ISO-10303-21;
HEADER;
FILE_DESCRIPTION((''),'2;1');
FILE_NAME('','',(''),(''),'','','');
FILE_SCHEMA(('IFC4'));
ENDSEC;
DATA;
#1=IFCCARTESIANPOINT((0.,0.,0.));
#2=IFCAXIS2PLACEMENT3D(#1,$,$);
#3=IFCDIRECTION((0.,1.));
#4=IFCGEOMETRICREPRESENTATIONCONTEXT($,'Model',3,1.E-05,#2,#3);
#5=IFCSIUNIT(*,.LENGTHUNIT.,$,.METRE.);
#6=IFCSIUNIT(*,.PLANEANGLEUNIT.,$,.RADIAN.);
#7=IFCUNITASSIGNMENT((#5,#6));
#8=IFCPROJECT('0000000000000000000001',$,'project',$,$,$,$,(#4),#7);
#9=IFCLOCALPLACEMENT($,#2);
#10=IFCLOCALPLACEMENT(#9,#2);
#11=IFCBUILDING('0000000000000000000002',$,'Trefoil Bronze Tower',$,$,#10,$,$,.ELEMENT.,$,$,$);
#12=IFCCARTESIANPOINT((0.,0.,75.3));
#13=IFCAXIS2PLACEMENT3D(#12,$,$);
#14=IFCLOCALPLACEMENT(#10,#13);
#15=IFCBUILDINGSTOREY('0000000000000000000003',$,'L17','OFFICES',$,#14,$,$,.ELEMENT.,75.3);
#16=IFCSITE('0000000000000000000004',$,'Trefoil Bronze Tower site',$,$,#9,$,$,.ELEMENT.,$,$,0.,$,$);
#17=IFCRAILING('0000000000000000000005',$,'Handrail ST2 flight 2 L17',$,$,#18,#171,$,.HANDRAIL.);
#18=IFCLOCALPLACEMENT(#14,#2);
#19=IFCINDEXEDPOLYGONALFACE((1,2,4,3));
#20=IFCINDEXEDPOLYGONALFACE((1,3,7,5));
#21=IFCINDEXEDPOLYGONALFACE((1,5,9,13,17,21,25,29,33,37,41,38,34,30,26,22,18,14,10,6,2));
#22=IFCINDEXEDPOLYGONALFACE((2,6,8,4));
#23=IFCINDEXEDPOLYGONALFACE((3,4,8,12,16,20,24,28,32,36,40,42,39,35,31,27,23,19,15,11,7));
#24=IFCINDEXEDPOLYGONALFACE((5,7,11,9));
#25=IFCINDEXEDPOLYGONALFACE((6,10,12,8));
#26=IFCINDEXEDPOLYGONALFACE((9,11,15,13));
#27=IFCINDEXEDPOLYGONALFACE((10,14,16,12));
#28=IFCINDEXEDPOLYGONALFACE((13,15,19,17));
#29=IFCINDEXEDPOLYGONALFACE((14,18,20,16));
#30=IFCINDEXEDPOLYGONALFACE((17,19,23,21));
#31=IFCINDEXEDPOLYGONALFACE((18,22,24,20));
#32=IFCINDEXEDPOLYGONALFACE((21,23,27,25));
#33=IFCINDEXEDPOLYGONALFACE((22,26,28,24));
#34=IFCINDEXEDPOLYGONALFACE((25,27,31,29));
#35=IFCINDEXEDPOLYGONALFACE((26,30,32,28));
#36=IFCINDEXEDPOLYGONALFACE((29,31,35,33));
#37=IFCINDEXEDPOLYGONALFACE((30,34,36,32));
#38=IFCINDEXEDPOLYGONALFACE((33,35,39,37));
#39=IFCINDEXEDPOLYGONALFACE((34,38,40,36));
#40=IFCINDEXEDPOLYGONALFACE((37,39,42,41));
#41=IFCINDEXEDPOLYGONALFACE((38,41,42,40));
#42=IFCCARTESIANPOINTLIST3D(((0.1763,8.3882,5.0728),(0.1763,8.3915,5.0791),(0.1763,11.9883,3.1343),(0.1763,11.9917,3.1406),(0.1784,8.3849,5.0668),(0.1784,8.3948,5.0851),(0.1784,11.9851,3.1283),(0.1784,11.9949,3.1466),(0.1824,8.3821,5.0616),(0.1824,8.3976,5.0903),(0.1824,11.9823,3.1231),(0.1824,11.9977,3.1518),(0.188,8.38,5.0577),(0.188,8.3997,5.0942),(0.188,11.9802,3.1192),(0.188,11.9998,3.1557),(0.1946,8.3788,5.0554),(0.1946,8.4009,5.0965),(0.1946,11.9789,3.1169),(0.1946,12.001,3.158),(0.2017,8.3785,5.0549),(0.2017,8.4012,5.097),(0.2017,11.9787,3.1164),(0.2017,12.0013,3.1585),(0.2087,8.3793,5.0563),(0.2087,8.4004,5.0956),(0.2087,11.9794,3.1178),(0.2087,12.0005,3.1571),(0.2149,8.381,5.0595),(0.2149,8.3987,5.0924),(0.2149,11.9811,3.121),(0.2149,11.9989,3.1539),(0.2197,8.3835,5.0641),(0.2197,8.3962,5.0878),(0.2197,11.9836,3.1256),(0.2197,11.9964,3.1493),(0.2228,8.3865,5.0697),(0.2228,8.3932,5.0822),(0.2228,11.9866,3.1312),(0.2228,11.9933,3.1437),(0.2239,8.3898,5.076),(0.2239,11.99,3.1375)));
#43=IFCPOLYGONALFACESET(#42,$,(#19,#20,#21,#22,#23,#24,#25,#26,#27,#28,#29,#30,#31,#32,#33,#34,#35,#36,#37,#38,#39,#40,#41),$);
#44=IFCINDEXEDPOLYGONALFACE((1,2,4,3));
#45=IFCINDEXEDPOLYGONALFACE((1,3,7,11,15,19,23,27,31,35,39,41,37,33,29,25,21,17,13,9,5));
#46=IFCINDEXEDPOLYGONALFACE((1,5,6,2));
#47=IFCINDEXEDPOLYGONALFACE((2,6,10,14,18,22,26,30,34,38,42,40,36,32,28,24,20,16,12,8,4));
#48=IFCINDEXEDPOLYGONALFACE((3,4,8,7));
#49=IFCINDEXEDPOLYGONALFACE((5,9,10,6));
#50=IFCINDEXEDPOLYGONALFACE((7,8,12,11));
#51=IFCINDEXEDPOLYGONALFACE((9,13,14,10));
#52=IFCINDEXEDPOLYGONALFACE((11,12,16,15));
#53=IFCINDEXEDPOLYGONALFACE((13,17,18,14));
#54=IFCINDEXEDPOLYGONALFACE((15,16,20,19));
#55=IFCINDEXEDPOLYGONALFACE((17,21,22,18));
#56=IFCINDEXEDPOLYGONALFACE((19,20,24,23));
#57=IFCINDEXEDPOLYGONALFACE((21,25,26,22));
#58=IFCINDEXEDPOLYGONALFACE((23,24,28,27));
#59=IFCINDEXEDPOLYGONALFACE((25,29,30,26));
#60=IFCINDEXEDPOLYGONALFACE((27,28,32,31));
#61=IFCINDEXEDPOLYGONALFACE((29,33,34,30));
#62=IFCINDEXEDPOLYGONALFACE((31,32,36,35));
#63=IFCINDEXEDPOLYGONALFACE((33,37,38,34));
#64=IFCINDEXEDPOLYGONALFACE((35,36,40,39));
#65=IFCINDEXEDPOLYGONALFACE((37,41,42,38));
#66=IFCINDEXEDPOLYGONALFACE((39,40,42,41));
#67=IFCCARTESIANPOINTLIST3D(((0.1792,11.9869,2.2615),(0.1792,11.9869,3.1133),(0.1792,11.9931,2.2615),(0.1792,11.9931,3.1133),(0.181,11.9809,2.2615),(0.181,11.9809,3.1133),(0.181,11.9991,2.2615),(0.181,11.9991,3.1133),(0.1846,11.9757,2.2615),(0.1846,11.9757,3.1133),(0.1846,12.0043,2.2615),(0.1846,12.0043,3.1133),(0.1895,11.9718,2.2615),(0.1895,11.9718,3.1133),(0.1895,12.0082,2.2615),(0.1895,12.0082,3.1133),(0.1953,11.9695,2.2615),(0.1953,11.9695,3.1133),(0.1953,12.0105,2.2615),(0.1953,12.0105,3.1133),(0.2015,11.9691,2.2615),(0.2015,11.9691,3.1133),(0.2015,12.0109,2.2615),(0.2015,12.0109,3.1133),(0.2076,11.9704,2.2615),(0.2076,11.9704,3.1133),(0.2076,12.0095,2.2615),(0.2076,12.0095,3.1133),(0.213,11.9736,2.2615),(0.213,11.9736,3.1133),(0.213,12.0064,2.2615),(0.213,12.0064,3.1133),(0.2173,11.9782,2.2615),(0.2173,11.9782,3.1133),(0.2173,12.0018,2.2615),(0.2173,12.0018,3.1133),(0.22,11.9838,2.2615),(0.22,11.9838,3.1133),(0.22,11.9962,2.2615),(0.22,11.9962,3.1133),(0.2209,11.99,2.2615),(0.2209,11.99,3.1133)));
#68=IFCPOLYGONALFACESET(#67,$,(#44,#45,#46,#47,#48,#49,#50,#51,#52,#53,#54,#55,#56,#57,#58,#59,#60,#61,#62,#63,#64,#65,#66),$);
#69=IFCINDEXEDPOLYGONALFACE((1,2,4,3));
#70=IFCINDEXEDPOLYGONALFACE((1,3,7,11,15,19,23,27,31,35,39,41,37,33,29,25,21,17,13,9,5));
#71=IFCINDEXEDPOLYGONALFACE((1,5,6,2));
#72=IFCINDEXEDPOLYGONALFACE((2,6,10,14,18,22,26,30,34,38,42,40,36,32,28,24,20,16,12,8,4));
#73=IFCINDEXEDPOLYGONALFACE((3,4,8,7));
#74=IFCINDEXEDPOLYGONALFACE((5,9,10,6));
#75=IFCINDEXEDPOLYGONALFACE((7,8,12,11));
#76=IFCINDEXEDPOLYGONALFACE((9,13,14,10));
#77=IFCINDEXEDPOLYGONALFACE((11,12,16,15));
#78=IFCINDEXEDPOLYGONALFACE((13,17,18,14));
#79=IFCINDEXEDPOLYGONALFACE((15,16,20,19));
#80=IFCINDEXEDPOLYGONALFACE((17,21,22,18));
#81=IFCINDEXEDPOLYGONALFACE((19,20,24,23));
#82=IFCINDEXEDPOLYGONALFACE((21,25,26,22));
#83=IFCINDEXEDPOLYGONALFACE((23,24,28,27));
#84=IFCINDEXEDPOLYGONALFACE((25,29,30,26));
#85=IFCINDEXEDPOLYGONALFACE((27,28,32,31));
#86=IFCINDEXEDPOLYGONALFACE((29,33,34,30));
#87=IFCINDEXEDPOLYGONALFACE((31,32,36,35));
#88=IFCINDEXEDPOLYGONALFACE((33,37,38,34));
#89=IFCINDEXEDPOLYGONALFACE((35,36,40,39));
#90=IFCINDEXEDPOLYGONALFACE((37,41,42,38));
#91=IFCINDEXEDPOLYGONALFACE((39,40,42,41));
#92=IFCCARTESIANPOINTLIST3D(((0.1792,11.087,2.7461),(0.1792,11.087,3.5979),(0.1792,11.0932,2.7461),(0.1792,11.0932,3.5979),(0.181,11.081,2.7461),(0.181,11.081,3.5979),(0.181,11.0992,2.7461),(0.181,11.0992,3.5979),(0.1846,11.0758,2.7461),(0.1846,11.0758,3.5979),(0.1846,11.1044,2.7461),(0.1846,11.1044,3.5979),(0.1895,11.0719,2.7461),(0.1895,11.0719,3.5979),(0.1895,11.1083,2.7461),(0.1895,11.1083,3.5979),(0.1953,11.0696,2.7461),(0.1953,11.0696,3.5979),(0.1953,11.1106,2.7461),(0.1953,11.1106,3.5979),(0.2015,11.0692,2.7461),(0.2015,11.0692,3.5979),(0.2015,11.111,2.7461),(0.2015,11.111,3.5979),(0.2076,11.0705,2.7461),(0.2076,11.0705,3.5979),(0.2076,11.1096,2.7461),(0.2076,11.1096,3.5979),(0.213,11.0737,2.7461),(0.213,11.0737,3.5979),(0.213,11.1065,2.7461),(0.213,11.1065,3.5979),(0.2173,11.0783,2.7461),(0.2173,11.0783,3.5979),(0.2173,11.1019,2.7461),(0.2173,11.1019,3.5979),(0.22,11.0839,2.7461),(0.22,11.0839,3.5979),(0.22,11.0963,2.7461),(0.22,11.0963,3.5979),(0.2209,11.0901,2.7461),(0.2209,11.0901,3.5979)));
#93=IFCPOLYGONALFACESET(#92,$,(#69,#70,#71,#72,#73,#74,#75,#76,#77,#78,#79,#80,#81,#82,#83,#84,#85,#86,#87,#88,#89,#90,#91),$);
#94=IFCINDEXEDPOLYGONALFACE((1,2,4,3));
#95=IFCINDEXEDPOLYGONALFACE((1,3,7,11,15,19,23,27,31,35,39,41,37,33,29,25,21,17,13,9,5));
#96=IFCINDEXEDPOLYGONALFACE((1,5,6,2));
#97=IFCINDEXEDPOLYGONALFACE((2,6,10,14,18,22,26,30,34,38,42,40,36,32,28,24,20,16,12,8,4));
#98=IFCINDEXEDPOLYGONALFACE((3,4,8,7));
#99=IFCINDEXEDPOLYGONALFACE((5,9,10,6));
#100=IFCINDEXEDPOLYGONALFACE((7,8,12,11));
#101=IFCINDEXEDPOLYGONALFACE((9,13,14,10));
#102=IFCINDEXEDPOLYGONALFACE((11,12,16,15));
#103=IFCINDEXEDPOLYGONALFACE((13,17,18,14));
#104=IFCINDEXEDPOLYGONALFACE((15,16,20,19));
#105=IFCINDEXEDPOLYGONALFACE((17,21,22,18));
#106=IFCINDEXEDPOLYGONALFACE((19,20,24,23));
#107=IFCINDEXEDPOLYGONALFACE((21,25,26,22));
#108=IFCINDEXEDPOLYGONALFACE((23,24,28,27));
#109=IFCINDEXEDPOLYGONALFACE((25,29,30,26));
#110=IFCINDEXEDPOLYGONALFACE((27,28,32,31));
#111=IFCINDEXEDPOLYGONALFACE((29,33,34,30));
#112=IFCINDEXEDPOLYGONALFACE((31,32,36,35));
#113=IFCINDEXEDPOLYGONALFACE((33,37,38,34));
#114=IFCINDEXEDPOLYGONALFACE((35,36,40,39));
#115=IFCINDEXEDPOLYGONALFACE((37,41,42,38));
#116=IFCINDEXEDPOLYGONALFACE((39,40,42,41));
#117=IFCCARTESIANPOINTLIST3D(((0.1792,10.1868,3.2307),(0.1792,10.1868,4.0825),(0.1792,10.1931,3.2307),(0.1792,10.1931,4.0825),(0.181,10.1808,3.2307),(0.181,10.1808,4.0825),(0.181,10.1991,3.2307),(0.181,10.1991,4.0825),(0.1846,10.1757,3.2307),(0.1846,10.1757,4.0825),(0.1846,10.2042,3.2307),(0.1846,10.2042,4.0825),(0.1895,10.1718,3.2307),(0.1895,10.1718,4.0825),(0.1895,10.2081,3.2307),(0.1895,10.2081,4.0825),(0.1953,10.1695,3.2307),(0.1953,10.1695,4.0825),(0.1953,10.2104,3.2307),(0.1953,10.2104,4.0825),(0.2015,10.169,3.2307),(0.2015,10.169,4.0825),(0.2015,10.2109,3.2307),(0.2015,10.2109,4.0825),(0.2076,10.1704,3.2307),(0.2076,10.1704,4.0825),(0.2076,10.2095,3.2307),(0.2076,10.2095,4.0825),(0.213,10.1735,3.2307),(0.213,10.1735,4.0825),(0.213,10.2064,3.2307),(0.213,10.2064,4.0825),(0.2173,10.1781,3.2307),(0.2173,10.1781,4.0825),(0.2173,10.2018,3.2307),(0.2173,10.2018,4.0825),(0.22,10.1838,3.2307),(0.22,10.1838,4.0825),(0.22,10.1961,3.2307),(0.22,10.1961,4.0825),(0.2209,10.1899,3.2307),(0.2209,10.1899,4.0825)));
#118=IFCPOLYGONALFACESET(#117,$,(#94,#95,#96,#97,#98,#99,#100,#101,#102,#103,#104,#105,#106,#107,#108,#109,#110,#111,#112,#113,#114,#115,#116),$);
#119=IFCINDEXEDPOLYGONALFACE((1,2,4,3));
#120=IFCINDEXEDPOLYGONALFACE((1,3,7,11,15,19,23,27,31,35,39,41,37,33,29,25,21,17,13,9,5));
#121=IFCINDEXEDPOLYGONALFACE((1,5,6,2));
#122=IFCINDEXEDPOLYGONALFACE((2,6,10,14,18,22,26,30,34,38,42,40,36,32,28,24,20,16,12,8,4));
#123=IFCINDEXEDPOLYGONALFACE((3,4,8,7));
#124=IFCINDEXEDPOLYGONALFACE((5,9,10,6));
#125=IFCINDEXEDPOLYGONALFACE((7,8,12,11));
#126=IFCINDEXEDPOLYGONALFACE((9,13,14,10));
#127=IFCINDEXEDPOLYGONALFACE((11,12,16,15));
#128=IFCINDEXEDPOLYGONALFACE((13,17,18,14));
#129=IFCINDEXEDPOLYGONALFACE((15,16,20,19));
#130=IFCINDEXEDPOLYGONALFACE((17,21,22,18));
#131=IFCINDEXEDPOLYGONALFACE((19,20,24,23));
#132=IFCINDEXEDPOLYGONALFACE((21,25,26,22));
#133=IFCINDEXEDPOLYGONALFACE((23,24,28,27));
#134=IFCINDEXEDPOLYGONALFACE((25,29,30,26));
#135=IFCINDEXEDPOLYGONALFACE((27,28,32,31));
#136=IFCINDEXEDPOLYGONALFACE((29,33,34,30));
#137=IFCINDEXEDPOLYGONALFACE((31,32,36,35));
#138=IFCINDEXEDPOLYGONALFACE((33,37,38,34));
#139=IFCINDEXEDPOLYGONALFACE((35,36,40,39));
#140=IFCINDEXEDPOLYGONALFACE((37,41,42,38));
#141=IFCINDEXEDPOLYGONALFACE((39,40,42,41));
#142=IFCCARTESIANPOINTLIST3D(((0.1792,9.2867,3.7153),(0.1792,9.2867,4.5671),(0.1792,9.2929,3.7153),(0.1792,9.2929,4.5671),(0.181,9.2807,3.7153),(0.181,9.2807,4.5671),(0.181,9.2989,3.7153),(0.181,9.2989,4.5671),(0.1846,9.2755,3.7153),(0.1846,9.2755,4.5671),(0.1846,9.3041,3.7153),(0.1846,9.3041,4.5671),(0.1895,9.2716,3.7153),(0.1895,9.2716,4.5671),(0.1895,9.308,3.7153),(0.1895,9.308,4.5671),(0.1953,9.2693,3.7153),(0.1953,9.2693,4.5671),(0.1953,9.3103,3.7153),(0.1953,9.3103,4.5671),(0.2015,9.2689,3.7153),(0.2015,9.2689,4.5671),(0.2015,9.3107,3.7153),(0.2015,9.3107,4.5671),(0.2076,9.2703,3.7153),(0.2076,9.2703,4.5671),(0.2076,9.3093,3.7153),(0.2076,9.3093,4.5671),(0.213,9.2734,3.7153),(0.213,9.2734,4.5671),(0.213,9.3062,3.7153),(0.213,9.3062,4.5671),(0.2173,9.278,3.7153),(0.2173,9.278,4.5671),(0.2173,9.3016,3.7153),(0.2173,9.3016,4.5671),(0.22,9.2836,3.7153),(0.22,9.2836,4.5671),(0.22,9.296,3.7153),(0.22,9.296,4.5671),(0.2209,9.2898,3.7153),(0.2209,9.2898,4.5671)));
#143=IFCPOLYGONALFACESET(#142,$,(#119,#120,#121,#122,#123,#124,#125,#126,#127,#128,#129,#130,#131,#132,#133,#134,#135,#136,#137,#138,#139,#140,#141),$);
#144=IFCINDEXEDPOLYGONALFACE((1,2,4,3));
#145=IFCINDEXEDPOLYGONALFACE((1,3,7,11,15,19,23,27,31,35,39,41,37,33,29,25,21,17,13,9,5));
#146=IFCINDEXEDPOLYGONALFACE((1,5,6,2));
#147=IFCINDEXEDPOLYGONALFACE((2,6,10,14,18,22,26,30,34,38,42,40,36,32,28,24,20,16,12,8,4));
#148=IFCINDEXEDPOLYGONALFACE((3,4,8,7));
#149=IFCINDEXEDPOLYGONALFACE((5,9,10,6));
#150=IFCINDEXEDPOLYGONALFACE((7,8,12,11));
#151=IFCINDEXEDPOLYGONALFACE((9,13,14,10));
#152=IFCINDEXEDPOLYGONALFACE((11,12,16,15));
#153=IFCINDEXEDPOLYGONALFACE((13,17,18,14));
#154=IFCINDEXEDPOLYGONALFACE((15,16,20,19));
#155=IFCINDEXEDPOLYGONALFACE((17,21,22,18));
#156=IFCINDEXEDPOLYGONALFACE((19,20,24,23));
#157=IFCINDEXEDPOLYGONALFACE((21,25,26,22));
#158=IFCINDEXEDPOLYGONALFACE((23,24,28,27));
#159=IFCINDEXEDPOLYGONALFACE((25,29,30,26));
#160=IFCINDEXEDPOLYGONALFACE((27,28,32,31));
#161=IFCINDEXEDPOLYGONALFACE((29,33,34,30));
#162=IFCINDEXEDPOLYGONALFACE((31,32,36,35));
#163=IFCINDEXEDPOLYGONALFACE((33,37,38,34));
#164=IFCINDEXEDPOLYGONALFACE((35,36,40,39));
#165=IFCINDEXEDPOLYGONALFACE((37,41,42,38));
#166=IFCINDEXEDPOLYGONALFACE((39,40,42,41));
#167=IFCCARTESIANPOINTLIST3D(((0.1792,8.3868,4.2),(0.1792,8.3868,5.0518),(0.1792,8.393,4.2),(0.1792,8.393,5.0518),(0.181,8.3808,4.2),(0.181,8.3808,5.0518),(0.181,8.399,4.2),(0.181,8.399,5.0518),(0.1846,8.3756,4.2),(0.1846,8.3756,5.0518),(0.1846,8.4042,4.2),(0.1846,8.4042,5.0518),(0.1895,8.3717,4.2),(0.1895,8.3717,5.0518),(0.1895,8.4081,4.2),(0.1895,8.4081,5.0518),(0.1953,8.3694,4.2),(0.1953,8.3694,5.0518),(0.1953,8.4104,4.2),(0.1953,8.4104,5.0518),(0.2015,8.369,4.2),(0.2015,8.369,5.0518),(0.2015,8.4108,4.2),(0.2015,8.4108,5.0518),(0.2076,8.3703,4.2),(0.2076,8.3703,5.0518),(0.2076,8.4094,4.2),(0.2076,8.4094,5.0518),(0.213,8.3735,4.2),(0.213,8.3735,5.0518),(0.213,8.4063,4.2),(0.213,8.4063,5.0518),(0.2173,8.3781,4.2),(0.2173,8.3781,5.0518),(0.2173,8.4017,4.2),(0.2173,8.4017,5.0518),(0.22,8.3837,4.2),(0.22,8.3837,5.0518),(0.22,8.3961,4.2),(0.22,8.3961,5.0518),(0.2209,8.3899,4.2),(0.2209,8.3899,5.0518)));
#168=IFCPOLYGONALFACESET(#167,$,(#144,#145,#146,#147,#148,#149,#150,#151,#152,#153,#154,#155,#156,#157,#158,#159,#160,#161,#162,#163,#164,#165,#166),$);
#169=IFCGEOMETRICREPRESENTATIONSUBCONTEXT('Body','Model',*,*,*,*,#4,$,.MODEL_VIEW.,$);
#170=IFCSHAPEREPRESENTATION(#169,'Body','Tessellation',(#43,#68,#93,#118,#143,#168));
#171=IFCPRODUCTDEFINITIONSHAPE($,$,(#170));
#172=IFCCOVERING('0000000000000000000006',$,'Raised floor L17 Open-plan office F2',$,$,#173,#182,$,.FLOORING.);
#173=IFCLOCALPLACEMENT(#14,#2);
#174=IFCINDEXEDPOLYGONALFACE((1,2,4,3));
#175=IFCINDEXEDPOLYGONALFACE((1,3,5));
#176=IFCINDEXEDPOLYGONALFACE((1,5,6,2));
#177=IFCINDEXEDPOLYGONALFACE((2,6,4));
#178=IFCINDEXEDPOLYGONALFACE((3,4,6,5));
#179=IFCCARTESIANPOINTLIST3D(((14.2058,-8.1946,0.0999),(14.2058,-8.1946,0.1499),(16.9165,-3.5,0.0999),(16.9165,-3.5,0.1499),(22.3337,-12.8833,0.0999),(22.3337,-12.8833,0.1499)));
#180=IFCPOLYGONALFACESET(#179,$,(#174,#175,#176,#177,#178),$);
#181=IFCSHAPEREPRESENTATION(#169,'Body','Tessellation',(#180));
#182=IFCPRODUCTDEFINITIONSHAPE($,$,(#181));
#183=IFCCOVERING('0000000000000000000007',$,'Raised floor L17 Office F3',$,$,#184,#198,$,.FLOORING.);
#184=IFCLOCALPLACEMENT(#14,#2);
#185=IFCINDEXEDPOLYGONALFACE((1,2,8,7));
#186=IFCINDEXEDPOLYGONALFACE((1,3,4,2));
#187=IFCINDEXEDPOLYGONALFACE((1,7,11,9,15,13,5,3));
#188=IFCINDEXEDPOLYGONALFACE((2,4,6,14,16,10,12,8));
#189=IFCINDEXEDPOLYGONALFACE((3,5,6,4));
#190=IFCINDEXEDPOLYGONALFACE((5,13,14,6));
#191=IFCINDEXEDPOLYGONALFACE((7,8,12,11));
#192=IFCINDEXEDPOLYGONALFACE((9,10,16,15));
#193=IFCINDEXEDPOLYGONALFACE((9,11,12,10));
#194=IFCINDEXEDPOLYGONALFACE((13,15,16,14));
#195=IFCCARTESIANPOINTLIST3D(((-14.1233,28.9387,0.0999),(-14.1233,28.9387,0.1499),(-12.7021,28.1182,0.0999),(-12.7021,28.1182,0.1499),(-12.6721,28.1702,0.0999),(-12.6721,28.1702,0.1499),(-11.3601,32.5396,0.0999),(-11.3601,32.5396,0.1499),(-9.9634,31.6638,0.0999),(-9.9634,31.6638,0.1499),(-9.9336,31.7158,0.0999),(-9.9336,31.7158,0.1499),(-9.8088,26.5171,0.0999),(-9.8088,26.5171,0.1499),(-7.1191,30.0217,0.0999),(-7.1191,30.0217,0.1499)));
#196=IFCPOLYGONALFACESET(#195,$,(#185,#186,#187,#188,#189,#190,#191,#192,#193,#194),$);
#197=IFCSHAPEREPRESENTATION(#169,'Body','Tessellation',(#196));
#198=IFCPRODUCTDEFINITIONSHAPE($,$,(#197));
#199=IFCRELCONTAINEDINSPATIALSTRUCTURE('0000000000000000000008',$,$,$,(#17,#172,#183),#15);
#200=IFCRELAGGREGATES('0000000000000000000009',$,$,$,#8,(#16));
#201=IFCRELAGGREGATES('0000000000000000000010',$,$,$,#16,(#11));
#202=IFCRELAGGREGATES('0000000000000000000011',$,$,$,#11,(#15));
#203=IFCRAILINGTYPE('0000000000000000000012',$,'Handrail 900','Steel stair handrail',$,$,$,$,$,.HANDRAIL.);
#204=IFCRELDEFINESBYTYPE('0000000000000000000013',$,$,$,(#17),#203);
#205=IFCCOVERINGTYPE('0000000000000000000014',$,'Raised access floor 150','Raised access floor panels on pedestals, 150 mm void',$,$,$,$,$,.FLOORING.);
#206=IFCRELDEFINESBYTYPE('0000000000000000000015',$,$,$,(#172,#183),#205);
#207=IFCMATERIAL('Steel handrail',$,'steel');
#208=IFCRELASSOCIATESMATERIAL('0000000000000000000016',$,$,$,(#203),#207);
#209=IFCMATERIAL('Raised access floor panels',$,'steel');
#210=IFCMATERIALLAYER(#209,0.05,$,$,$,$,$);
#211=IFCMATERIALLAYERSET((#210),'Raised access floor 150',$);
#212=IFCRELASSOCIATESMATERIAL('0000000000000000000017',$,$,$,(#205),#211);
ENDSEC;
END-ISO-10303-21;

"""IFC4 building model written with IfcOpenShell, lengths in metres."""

from ifc_helpers import new_model, si_unit, direction, frame, origin, origin_2d, place, context, subcontext, project, spatial, polyline, circle, outline, extrude, material, layer, layer_set, type_object, element, save


model = new_model("IFC4")

# Units and contexts
model_context = context("Model", 3, precision=1e-05, world=origin(), true_north=direction((0.0, 1.0)))
body_context = subcontext(model_context, "Body", "Model", "MODEL_VIEW")
ifc_project = project(units=[si_unit("LENGTHUNIT", "METRE"), si_unit("PLANEANGLEUNIT", "RADIAN")], contexts=[model_context])

# Site, building, storey
site_placement = place(None, origin())
site = spatial("IfcSite", under=ifc_project, at=site_placement, Name="Trefoil Bronze Tower site", CompositionType="ELEMENT", RefElevation=0.0)
building_placement = place(site_placement, origin())
building = spatial("IfcBuilding", under=site, at=building_placement, Name="Trefoil Bronze Tower", CompositionType="ELEMENT")
storey_placement = place(building_placement, frame((0.0, 0.0, 75.3)))
storey = spatial("IfcBuildingStorey", under=building, at=storey_placement, Name="L17", Description="OFFICES", CompositionType="ELEMENT", Elevation=75.3)

# Railing
ifc_material_1 = material(Name="Steel handrail", Category="steel")
railing_type = type_object("IfcRailingType", Name="Handrail 900", Description="Steel stair handrail", PredefinedType="HANDRAIL", material=ifc_material_1)
railing_placement = place(storey_placement, frame((0.2, 11.99, 2.2615)))
element("IfcRailing", 1, at=railing_placement, inside=storey, type_object=railing_type, Name="Handrail ST2 flight 2 L17", PredefinedType="HANDRAIL", context=body_context, shape_type="SweptSolid", body=[
    extrude(circle(Radius=0.0239, at=origin_2d()), frame((0.0, 0.0, 0.876), z_axis=(0.0, -0.880475, 0.474093), x_axis=(1.0, 0.0, 0.0)), (0.0, 0.0, 1.0), 4.0889),
    extrude(circle(Radius=0.021, at=origin_2d()), origin(), (0.0, 0.0, 1.0), 0.8518),
    extrude(circle(Radius=0.021, at=origin_2d()), frame((0.0, -0.8999, 0.4846)), (0.0, 0.0, 1.0), 0.8518),
    extrude(circle(Radius=0.021, at=origin_2d()), frame((0.0, -1.8, 0.9692)), (0.0, 0.0, 1.0), 0.8518),
    extrude(circle(Radius=0.021, at=origin_2d()), frame((0.0, -2.7002, 1.4539)), (0.0, 0.0, 1.0), 0.8518),
    extrude(circle(Radius=0.021, at=origin_2d()), frame((0.0, -3.6001, 1.9385)), (0.0, 0.0, 1.0), 0.8518),
])

# Coverings
ifc_material_2 = material(Name="Raised access floor panels", Category="steel")
ifc_layer_1 = layer(ifc_material_2, 0.05)
ifc_layer_set_1 = layer_set([ifc_layer_1], Name="Raised access floor 150")
covering_type_1 = type_object("IfcCoveringType", Name="Raised access floor 150", Description="Raised access floor panels on pedestals, 150 mm void", PredefinedType="FLOORING", material=ifc_layer_set_1)
covering_1_placement = place(storey_placement, frame((0.0, 0.0, 0.0999)))
element("IfcCovering", 2, at=covering_1_placement, inside=storey, type_object=covering_type_1, Name="Raised floor L17 Open-plan office F2", PredefinedType="FLOORING", context=body_context, shape_type="SweptSolid", body=[
    extrude(outline(polyline([(22.3337, -12.8833), (14.2058, -8.1946), (16.9165, -3.5), (22.3337, -12.8833)])), origin(), (0.0, 0.0, 1.0), 0.05),
])
covering_2_placement = place(storey_placement, frame((0.0, 0.0, 0.0999)))
element("IfcCovering", 3, at=covering_2_placement, inside=storey, type_object=covering_type_1, Name="Raised floor L17 Office F3", PredefinedType="FLOORING", context=body_context, shape_type="SweptSolid", body=[
    extrude(outline(polyline([(-14.1233, 28.9387), (-11.3601, 32.5396), (-9.9336, 31.7158), (-9.9634, 31.6638), (-7.1191, 30.0217), (-9.8088, 26.5171), (-12.6721, 28.1702), (-12.7021, 28.1182), (-14.1233, 28.9387)])), origin(), (0.0, 0.0, 1.0), 0.05),
])

save(model, "model.ifc")
